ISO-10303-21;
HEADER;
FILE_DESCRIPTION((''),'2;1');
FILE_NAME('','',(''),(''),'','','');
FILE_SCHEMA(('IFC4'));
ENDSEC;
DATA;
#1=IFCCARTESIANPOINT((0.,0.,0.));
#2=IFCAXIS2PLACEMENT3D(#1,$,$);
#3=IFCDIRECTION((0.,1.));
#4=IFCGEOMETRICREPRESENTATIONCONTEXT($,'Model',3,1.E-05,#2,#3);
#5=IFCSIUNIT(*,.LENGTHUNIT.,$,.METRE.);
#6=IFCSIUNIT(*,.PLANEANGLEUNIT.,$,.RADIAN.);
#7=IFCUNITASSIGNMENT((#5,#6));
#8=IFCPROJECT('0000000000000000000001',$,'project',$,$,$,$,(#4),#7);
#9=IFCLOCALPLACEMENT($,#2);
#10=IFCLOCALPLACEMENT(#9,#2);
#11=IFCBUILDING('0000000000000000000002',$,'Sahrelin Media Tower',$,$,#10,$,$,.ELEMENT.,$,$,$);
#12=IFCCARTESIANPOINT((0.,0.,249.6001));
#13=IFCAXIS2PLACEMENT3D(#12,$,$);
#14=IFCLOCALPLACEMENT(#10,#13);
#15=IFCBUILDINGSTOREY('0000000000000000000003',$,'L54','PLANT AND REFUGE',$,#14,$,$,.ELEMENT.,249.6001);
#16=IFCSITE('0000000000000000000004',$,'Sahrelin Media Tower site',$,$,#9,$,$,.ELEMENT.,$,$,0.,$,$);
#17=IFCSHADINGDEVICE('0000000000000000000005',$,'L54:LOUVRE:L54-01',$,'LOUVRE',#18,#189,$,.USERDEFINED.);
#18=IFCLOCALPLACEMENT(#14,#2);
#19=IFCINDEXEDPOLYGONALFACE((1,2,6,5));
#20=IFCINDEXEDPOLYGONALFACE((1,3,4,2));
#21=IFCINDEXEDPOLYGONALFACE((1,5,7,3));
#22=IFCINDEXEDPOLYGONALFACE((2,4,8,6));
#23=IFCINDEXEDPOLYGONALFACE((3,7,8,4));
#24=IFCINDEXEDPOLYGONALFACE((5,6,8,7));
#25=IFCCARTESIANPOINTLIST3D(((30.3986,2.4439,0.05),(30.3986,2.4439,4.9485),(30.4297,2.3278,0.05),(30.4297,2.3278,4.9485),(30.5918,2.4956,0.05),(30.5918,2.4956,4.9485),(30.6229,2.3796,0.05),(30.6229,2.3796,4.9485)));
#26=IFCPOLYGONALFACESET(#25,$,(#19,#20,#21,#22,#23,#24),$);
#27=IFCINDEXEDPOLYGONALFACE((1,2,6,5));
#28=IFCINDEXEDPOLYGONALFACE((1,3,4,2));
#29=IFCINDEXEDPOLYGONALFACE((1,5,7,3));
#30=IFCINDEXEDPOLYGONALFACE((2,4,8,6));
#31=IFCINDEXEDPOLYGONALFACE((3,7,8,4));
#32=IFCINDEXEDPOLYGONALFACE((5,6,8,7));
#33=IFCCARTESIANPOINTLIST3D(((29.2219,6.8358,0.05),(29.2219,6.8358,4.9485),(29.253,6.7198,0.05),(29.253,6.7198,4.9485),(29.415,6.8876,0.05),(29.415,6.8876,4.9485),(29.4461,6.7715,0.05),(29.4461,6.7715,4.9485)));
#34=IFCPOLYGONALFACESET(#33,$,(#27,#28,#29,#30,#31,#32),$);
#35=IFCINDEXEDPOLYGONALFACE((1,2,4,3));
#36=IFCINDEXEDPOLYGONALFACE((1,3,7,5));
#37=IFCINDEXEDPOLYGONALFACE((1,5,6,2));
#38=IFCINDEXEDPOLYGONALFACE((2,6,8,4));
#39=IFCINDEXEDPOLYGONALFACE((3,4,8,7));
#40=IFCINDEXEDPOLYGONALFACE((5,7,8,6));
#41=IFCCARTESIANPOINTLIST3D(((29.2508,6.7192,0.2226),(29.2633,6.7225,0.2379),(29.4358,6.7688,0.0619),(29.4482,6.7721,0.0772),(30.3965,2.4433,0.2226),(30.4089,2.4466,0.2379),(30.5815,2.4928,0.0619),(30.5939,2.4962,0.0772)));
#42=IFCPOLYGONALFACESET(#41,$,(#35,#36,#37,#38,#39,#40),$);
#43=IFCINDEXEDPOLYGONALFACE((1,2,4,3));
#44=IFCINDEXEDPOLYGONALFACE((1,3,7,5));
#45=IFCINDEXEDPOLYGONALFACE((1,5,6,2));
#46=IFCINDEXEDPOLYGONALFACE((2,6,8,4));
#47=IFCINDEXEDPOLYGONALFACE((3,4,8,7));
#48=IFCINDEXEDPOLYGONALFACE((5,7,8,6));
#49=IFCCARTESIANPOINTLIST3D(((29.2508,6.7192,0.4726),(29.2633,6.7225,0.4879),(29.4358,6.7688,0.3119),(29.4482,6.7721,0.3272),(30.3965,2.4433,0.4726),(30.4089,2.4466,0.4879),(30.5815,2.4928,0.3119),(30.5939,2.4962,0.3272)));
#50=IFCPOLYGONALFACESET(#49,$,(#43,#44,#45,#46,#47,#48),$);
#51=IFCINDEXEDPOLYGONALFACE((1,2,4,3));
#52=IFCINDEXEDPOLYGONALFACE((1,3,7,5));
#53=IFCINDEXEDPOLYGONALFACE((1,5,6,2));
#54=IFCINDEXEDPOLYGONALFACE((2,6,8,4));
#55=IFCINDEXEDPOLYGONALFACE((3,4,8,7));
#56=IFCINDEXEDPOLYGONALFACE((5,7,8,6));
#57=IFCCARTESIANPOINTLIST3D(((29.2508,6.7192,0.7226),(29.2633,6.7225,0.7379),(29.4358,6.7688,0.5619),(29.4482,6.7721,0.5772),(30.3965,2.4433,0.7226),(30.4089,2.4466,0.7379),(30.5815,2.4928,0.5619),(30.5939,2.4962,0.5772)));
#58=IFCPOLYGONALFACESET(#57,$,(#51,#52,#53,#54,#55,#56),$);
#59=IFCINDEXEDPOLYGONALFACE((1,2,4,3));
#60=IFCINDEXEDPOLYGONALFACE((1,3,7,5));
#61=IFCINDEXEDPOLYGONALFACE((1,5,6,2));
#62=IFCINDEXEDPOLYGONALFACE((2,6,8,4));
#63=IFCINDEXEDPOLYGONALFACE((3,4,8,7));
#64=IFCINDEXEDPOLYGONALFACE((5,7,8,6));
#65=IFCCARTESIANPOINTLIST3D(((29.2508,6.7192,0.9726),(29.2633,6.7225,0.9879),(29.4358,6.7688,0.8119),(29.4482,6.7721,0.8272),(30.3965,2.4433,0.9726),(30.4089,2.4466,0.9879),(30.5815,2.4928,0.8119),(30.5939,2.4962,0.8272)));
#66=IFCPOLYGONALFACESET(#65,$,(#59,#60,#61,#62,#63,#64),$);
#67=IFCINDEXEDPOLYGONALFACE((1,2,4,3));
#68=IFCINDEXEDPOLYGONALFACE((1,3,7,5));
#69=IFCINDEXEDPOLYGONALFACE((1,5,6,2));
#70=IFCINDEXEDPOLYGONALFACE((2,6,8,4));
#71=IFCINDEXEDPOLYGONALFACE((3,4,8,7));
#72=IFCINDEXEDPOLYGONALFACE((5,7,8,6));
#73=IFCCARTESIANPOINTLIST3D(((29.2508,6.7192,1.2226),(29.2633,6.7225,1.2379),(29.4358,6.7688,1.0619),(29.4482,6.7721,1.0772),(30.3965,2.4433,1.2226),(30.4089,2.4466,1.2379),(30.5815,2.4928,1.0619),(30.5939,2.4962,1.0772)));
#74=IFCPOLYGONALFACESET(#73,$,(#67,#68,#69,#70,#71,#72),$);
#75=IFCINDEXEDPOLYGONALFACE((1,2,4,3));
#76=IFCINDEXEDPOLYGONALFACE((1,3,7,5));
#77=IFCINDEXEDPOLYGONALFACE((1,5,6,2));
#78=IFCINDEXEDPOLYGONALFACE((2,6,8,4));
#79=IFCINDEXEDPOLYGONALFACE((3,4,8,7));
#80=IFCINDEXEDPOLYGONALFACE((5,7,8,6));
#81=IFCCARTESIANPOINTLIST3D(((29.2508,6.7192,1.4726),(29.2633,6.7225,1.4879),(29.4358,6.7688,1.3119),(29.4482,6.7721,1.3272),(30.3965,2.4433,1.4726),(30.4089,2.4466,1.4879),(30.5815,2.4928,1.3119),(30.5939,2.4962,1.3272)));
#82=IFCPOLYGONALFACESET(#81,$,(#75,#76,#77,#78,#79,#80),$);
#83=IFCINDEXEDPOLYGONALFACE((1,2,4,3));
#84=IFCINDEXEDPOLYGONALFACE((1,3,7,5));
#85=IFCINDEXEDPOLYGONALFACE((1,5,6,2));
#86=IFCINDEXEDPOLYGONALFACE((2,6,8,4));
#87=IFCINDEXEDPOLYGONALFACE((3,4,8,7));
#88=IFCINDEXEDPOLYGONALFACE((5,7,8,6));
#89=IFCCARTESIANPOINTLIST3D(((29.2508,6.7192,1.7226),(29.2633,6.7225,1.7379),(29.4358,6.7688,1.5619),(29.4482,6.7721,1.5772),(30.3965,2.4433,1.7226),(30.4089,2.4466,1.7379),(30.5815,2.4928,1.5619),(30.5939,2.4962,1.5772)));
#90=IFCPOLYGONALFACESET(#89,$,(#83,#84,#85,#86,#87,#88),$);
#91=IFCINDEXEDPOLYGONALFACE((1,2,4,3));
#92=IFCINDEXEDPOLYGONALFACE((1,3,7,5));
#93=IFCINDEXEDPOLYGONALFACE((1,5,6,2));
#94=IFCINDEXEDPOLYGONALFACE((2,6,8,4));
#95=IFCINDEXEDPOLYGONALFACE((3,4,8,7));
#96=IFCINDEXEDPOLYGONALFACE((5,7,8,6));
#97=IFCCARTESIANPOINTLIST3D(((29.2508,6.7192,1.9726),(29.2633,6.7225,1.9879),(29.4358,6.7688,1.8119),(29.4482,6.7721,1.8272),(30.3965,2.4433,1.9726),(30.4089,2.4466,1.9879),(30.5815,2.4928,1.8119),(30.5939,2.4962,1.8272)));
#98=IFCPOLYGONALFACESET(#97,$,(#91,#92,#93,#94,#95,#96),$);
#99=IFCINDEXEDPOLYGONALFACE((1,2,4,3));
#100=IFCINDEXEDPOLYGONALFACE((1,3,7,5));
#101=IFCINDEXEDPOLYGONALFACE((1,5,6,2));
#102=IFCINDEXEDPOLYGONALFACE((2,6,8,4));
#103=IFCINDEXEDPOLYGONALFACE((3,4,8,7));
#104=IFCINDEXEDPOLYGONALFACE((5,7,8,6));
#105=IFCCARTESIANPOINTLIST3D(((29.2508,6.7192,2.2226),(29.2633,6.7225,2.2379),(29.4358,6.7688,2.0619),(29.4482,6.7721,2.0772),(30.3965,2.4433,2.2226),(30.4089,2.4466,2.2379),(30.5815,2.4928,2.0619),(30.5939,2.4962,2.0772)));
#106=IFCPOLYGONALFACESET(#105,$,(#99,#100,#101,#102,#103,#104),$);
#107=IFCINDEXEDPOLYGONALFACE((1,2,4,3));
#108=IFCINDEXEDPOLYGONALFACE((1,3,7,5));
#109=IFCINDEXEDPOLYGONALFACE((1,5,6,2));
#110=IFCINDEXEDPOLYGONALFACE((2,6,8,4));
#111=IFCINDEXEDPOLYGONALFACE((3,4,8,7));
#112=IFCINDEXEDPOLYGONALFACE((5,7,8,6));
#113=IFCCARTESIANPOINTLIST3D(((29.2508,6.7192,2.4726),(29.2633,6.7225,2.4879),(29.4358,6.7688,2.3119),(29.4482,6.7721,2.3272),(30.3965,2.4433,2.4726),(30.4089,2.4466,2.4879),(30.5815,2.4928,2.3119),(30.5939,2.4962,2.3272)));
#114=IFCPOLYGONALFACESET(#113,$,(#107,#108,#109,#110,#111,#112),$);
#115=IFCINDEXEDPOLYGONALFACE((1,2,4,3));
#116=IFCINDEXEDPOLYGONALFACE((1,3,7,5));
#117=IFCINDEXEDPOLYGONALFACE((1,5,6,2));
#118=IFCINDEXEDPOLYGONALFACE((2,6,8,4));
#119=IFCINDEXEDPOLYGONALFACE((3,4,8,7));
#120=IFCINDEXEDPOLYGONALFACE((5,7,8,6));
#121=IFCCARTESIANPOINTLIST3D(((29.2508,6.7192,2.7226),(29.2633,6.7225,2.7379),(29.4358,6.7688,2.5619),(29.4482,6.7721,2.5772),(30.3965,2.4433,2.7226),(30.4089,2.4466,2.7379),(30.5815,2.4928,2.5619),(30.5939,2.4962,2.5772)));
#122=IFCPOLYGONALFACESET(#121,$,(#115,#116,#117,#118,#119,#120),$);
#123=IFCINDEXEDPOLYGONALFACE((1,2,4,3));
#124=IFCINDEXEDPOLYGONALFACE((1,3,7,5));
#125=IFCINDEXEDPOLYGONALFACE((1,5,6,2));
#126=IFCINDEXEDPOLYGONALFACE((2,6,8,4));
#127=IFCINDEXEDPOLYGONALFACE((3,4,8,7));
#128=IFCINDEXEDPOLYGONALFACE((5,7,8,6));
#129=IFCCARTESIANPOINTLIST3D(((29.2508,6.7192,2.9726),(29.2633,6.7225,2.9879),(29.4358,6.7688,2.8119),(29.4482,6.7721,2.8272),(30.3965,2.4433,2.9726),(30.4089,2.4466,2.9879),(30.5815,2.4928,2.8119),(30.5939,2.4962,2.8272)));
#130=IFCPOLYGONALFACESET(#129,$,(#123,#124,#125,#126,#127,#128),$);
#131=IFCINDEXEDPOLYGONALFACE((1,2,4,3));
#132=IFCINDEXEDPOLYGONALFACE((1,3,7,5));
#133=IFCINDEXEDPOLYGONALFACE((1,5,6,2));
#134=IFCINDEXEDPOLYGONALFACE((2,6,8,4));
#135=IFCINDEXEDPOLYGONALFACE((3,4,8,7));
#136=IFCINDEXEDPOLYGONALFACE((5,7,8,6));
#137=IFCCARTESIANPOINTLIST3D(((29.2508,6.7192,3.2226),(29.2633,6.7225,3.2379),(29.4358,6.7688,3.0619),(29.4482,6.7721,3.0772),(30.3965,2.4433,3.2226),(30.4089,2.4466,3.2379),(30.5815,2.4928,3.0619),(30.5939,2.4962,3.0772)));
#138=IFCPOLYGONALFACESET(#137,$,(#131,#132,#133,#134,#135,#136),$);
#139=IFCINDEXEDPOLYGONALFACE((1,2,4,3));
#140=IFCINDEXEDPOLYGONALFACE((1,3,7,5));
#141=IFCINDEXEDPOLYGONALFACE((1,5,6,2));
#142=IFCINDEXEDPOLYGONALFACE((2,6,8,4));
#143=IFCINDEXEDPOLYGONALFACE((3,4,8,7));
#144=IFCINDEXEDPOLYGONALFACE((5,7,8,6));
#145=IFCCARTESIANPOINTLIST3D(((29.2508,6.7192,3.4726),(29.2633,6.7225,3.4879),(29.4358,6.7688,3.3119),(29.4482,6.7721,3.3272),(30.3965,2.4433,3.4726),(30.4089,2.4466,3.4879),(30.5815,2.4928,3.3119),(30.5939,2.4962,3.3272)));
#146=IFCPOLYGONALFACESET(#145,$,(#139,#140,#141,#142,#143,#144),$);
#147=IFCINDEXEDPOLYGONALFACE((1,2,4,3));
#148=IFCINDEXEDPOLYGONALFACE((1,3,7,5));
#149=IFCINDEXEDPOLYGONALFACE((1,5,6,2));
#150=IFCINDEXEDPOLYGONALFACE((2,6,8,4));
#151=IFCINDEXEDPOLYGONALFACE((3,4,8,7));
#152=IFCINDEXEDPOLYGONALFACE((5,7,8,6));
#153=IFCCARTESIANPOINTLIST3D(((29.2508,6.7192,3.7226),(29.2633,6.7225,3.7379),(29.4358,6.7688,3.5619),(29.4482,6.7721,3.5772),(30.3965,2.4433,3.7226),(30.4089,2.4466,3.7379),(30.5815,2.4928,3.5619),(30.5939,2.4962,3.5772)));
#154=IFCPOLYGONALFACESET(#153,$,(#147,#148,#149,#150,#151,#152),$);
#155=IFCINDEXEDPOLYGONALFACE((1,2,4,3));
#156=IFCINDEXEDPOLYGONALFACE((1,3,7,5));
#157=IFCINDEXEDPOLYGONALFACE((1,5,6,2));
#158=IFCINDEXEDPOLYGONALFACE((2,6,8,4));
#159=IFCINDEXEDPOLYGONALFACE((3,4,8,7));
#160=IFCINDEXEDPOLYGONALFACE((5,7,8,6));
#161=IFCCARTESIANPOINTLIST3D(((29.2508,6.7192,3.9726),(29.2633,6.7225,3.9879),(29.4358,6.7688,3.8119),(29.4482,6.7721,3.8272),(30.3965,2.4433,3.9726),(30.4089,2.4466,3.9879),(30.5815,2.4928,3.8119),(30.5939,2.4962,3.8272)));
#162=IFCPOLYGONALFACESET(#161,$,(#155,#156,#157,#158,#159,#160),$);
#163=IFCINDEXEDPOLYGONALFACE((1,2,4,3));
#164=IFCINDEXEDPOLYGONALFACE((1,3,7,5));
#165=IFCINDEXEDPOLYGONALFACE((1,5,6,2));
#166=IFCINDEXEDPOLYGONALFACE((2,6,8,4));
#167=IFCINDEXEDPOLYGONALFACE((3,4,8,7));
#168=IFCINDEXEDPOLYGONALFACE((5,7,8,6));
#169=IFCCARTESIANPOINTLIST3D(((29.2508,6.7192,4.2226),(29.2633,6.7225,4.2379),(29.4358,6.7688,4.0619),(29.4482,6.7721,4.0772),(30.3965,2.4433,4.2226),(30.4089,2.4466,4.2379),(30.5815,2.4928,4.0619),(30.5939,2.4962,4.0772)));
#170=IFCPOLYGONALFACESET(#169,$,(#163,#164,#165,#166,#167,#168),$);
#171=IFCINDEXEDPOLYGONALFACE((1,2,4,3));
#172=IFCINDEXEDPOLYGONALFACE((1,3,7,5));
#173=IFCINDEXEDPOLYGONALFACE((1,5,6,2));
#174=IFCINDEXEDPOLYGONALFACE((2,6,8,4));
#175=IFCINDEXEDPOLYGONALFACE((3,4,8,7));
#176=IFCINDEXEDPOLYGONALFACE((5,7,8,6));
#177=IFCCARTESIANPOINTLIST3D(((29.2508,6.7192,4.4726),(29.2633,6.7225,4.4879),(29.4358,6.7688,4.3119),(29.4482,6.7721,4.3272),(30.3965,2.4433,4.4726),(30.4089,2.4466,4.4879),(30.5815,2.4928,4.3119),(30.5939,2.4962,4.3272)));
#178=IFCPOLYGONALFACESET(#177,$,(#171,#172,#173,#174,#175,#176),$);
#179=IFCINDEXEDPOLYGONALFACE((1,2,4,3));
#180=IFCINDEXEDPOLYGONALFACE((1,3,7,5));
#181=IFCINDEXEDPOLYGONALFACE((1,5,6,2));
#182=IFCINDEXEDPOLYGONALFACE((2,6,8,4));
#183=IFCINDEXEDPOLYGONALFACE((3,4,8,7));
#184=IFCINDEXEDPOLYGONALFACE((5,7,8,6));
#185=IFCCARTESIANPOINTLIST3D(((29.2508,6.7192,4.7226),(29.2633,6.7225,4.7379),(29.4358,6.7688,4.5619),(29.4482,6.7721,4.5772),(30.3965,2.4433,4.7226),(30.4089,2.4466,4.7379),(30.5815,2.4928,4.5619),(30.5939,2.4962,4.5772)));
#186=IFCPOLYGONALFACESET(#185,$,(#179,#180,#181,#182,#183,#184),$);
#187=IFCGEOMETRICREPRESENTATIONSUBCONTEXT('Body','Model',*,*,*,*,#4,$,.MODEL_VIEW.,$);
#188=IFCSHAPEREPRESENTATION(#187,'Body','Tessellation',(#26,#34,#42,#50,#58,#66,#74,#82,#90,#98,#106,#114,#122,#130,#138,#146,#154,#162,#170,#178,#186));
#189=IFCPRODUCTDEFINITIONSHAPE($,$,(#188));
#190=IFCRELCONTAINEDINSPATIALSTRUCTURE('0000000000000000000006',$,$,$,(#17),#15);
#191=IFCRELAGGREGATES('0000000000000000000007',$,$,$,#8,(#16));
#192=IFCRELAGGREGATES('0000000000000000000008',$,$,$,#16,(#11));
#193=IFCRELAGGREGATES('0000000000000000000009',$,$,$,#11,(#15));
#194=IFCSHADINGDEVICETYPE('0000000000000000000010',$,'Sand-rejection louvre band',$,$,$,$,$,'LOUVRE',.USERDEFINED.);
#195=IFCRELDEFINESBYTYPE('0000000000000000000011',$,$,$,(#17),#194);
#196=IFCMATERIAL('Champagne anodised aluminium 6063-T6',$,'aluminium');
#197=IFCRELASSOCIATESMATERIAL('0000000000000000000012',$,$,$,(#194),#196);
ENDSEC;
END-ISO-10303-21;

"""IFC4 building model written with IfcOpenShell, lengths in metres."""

from ifc_helpers import new_model, si_unit, direction, frame, origin, origin_2d, place, context, subcontext, project, spatial, rectangle, extrude, material, type_object, element, save


model = new_model("IFC4")

# Units and contexts
model_context = context("Model", 3, precision=1e-05, world=origin(), true_north=direction((0.0, 1.0)))
body_context = subcontext(model_context, "Body", "Model", "MODEL_VIEW")
ifc_project = project(units=[si_unit("LENGTHUNIT", "METRE"), si_unit("PLANEANGLEUNIT", "RADIAN")], contexts=[model_context])

# Site, building, storey
site_placement = place(None, origin())
site = spatial("IfcSite", under=ifc_project, at=site_placement, Name="Sahrelin Media Tower site", CompositionType="ELEMENT", RefElevation=0.0)
building_placement = place(site_placement, origin())
building = spatial("IfcBuilding", under=site, at=building_placement, Name="Sahrelin Media Tower", CompositionType="ELEMENT")
storey_placement = place(building_placement, frame((0.0, 0.0, 249.6001)))
storey = spatial("IfcBuildingStorey", under=building, at=storey_placement, Name="L54", Description="PLANT AND REFUGE", CompositionType="ELEMENT", Elevation=249.6001)

# Shading device
ifc_material_1 = material(Name="Champagne anodised aluminium 6063-T6", Category="aluminium")
shading_device_type = type_object("IfcShadingDeviceType", Name="Sand-rejection louvre band", ElementType="LOUVRE", PredefinedType="USERDEFINED", material=ifc_material_1)
shading_device_1_placement = place(storey_placement, frame((29.8257, 4.5818, 0.0), z_axis=(0.0, 0.0, 1.0), x_axis=(0.258808, -0.965929, 0.0)))
element("IfcShadingDevice", 1, at=shading_device_1_placement, inside=storey, type_object=shading_device_type, Name="L54:LOUVRE:L54-01", ObjectType="LOUVRE", PredefinedType="USERDEFINED", context=body_context, shape_type="SweptSolid", body=[
    extrude(rectangle(XDim=0.1201, YDim=0.2, at=origin_2d()), frame((2.2734, 0.1001, 0.05), z_axis=(0.0, 0.0, 1.0), x_axis=(1.0, 0.0, 0.0)), (0.0, 0.0, 1.0), 4.8984),
    extrude(rectangle(XDim=0.1201, YDim=0.2, at=origin_2d()), frame((-2.2734, 0.1001, 0.05), z_axis=(0.0, 0.0, 1.0), x_axis=(1.0, 0.0, 0.0)), (0.0, 0.0, 1.0), 4.8984),
    extrude(rectangle(XDim=0.25, YDim=0.02, at=origin_2d()), frame((2.2134, 0.1001, 0.1499), z_axis=(-1.0, 0.0, 0.0), x_axis=(0.0, -0.766044, 0.642788)), (0.0, 0.0, 1.0), 4.4268),
    extrude(rectangle(XDim=0.25, YDim=0.02, at=origin_2d()), frame((2.2134, 0.1001, 0.3999), z_axis=(-1.0, 0.0, 0.0), x_axis=(0.0, -0.766044, 0.642788)), (0.0, 0.0, 1.0), 4.4268),
    extrude(rectangle(XDim=0.25, YDim=0.02, at=origin_2d()), frame((2.2134, 0.1001, 0.6499), z_axis=(-1.0, 0.0, 0.0), x_axis=(0.0, -0.766044, 0.642788)), (0.0, 0.0, 1.0), 4.4268),
    extrude(rectangle(XDim=0.25, YDim=0.02, at=origin_2d()), frame((2.2134, 0.1001, 0.8999), z_axis=(-1.0, 0.0, 0.0), x_axis=(0.0, -0.766044, 0.642788)), (0.0, 0.0, 1.0), 4.4268),
    extrude(rectangle(XDim=0.25, YDim=0.02, at=origin_2d()), frame((2.2134, 0.1001, 1.1499), z_axis=(-1.0, 0.0, 0.0), x_axis=(0.0, -0.766044, 0.642788)), (0.0, 0.0, 1.0), 4.4268),
    extrude(rectangle(XDim=0.25, YDim=0.02, at=origin_2d()), frame((2.2134, 0.1001, 1.3999), z_axis=(-1.0, 0.0, 0.0), x_axis=(0.0, -0.766044, 0.642788)), (0.0, 0.0, 1.0), 4.4268),
    extrude(rectangle(XDim=0.25, YDim=0.02, at=origin_2d()), frame((2.2134, 0.1001, 1.6499), z_axis=(-1.0, 0.0, 0.0), x_axis=(0.0, -0.766044, 0.642788)), (0.0, 0.0, 1.0), 4.4268),
    extrude(rectangle(XDim=0.25, YDim=0.02, at=origin_2d()), frame((2.2134, 0.1001, 1.8999), z_axis=(-1.0, 0.0, 0.0), x_axis=(0.0, -0.766044, 0.642788)), (0.0, 0.0, 1.0), 4.4268),
    extrude(rectangle(XDim=0.25, YDim=0.02, at=origin_2d()), frame((2.2134, 0.1001, 2.1499), z_axis=(-1.0, 0.0, 0.0), x_axis=(0.0, -0.766044, 0.642788)), (0.0, 0.0, 1.0), 4.4268),
    extrude(rectangle(XDim=0.25, YDim=0.02, at=origin_2d()), frame((2.2134, 0.1001, 2.3999), z_axis=(-1.0, 0.0, 0.0), x_axis=(0.0, -0.766044, 0.642788)), (0.0, 0.0, 1.0), 4.4268),
    extrude(rectangle(XDim=0.25, YDim=0.02, at=origin_2d()), frame((2.2134, 0.1001, 2.6499), z_axis=(-1.0, 0.0, 0.0), x_axis=(0.0, -0.766044, 0.642788)), (0.0, 0.0, 1.0), 4.4268),
    extrude(rectangle(XDim=0.25, YDim=0.02, at=origin_2d()), frame((2.2134, 0.1001, 2.8999), z_axis=(-1.0, 0.0, 0.0), x_axis=(0.0, -0.766044, 0.642788)), (0.0, 0.0, 1.0), 4.4268),
    extrude(rectangle(XDim=0.25, YDim=0.02, at=origin_2d()), frame((2.2134, 0.1001, 3.1499), z_axis=(-1.0, 0.0, 0.0), x_axis=(0.0, -0.766044, 0.642788)), (0.0, 0.0, 1.0), 4.4268),
    extrude(rectangle(XDim=0.25, YDim=0.02, at=origin_2d()), frame((2.2134, 0.1001, 3.3999), z_axis=(-1.0, 0.0, 0.0), x_axis=(0.0, -0.766044, 0.642788)), (0.0, 0.0, 1.0), 4.4268),
    extrude(rectangle(XDim=0.25, YDim=0.02, at=origin_2d()), frame((2.2134, 0.1001, 3.6499), z_axis=(-1.0, 0.0, 0.0), x_axis=(0.0, -0.766044, 0.642788)), (0.0, 0.0, 1.0), 4.4268),
    extrude(rectangle(XDim=0.25, YDim=0.02, at=origin_2d()), frame((2.2134, 0.1001, 3.8999), z_axis=(-1.0, 0.0, 0.0), x_axis=(0.0, -0.766044, 0.642788)), (0.0, 0.0, 1.0), 4.4268),
    extrude(rectangle(XDim=0.25, YDim=0.02, at=origin_2d()), frame((2.2134, 0.1001, 4.1499), z_axis=(-1.0, 0.0, 0.0), x_axis=(0.0, -0.766044, 0.642788)), (0.0, 0.0, 1.0), 4.4268),
    extrude(rectangle(XDim=0.25, YDim=0.02, at=origin_2d()), frame((2.2134, 0.1001, 4.3999), z_axis=(-1.0, 0.0, 0.0), x_axis=(0.0, -0.766044, 0.642788)), (0.0, 0.0, 1.0), 4.4268),
    extrude(rectangle(XDim=0.25, YDim=0.02, at=origin_2d()), frame((2.2134, 0.1001, 4.6499), z_axis=(-1.0, 0.0, 0.0), x_axis=(0.0, -0.766044, 0.642788)), (0.0, 0.0, 1.0), 4.4268),
])

save(model, "model.ifc")
